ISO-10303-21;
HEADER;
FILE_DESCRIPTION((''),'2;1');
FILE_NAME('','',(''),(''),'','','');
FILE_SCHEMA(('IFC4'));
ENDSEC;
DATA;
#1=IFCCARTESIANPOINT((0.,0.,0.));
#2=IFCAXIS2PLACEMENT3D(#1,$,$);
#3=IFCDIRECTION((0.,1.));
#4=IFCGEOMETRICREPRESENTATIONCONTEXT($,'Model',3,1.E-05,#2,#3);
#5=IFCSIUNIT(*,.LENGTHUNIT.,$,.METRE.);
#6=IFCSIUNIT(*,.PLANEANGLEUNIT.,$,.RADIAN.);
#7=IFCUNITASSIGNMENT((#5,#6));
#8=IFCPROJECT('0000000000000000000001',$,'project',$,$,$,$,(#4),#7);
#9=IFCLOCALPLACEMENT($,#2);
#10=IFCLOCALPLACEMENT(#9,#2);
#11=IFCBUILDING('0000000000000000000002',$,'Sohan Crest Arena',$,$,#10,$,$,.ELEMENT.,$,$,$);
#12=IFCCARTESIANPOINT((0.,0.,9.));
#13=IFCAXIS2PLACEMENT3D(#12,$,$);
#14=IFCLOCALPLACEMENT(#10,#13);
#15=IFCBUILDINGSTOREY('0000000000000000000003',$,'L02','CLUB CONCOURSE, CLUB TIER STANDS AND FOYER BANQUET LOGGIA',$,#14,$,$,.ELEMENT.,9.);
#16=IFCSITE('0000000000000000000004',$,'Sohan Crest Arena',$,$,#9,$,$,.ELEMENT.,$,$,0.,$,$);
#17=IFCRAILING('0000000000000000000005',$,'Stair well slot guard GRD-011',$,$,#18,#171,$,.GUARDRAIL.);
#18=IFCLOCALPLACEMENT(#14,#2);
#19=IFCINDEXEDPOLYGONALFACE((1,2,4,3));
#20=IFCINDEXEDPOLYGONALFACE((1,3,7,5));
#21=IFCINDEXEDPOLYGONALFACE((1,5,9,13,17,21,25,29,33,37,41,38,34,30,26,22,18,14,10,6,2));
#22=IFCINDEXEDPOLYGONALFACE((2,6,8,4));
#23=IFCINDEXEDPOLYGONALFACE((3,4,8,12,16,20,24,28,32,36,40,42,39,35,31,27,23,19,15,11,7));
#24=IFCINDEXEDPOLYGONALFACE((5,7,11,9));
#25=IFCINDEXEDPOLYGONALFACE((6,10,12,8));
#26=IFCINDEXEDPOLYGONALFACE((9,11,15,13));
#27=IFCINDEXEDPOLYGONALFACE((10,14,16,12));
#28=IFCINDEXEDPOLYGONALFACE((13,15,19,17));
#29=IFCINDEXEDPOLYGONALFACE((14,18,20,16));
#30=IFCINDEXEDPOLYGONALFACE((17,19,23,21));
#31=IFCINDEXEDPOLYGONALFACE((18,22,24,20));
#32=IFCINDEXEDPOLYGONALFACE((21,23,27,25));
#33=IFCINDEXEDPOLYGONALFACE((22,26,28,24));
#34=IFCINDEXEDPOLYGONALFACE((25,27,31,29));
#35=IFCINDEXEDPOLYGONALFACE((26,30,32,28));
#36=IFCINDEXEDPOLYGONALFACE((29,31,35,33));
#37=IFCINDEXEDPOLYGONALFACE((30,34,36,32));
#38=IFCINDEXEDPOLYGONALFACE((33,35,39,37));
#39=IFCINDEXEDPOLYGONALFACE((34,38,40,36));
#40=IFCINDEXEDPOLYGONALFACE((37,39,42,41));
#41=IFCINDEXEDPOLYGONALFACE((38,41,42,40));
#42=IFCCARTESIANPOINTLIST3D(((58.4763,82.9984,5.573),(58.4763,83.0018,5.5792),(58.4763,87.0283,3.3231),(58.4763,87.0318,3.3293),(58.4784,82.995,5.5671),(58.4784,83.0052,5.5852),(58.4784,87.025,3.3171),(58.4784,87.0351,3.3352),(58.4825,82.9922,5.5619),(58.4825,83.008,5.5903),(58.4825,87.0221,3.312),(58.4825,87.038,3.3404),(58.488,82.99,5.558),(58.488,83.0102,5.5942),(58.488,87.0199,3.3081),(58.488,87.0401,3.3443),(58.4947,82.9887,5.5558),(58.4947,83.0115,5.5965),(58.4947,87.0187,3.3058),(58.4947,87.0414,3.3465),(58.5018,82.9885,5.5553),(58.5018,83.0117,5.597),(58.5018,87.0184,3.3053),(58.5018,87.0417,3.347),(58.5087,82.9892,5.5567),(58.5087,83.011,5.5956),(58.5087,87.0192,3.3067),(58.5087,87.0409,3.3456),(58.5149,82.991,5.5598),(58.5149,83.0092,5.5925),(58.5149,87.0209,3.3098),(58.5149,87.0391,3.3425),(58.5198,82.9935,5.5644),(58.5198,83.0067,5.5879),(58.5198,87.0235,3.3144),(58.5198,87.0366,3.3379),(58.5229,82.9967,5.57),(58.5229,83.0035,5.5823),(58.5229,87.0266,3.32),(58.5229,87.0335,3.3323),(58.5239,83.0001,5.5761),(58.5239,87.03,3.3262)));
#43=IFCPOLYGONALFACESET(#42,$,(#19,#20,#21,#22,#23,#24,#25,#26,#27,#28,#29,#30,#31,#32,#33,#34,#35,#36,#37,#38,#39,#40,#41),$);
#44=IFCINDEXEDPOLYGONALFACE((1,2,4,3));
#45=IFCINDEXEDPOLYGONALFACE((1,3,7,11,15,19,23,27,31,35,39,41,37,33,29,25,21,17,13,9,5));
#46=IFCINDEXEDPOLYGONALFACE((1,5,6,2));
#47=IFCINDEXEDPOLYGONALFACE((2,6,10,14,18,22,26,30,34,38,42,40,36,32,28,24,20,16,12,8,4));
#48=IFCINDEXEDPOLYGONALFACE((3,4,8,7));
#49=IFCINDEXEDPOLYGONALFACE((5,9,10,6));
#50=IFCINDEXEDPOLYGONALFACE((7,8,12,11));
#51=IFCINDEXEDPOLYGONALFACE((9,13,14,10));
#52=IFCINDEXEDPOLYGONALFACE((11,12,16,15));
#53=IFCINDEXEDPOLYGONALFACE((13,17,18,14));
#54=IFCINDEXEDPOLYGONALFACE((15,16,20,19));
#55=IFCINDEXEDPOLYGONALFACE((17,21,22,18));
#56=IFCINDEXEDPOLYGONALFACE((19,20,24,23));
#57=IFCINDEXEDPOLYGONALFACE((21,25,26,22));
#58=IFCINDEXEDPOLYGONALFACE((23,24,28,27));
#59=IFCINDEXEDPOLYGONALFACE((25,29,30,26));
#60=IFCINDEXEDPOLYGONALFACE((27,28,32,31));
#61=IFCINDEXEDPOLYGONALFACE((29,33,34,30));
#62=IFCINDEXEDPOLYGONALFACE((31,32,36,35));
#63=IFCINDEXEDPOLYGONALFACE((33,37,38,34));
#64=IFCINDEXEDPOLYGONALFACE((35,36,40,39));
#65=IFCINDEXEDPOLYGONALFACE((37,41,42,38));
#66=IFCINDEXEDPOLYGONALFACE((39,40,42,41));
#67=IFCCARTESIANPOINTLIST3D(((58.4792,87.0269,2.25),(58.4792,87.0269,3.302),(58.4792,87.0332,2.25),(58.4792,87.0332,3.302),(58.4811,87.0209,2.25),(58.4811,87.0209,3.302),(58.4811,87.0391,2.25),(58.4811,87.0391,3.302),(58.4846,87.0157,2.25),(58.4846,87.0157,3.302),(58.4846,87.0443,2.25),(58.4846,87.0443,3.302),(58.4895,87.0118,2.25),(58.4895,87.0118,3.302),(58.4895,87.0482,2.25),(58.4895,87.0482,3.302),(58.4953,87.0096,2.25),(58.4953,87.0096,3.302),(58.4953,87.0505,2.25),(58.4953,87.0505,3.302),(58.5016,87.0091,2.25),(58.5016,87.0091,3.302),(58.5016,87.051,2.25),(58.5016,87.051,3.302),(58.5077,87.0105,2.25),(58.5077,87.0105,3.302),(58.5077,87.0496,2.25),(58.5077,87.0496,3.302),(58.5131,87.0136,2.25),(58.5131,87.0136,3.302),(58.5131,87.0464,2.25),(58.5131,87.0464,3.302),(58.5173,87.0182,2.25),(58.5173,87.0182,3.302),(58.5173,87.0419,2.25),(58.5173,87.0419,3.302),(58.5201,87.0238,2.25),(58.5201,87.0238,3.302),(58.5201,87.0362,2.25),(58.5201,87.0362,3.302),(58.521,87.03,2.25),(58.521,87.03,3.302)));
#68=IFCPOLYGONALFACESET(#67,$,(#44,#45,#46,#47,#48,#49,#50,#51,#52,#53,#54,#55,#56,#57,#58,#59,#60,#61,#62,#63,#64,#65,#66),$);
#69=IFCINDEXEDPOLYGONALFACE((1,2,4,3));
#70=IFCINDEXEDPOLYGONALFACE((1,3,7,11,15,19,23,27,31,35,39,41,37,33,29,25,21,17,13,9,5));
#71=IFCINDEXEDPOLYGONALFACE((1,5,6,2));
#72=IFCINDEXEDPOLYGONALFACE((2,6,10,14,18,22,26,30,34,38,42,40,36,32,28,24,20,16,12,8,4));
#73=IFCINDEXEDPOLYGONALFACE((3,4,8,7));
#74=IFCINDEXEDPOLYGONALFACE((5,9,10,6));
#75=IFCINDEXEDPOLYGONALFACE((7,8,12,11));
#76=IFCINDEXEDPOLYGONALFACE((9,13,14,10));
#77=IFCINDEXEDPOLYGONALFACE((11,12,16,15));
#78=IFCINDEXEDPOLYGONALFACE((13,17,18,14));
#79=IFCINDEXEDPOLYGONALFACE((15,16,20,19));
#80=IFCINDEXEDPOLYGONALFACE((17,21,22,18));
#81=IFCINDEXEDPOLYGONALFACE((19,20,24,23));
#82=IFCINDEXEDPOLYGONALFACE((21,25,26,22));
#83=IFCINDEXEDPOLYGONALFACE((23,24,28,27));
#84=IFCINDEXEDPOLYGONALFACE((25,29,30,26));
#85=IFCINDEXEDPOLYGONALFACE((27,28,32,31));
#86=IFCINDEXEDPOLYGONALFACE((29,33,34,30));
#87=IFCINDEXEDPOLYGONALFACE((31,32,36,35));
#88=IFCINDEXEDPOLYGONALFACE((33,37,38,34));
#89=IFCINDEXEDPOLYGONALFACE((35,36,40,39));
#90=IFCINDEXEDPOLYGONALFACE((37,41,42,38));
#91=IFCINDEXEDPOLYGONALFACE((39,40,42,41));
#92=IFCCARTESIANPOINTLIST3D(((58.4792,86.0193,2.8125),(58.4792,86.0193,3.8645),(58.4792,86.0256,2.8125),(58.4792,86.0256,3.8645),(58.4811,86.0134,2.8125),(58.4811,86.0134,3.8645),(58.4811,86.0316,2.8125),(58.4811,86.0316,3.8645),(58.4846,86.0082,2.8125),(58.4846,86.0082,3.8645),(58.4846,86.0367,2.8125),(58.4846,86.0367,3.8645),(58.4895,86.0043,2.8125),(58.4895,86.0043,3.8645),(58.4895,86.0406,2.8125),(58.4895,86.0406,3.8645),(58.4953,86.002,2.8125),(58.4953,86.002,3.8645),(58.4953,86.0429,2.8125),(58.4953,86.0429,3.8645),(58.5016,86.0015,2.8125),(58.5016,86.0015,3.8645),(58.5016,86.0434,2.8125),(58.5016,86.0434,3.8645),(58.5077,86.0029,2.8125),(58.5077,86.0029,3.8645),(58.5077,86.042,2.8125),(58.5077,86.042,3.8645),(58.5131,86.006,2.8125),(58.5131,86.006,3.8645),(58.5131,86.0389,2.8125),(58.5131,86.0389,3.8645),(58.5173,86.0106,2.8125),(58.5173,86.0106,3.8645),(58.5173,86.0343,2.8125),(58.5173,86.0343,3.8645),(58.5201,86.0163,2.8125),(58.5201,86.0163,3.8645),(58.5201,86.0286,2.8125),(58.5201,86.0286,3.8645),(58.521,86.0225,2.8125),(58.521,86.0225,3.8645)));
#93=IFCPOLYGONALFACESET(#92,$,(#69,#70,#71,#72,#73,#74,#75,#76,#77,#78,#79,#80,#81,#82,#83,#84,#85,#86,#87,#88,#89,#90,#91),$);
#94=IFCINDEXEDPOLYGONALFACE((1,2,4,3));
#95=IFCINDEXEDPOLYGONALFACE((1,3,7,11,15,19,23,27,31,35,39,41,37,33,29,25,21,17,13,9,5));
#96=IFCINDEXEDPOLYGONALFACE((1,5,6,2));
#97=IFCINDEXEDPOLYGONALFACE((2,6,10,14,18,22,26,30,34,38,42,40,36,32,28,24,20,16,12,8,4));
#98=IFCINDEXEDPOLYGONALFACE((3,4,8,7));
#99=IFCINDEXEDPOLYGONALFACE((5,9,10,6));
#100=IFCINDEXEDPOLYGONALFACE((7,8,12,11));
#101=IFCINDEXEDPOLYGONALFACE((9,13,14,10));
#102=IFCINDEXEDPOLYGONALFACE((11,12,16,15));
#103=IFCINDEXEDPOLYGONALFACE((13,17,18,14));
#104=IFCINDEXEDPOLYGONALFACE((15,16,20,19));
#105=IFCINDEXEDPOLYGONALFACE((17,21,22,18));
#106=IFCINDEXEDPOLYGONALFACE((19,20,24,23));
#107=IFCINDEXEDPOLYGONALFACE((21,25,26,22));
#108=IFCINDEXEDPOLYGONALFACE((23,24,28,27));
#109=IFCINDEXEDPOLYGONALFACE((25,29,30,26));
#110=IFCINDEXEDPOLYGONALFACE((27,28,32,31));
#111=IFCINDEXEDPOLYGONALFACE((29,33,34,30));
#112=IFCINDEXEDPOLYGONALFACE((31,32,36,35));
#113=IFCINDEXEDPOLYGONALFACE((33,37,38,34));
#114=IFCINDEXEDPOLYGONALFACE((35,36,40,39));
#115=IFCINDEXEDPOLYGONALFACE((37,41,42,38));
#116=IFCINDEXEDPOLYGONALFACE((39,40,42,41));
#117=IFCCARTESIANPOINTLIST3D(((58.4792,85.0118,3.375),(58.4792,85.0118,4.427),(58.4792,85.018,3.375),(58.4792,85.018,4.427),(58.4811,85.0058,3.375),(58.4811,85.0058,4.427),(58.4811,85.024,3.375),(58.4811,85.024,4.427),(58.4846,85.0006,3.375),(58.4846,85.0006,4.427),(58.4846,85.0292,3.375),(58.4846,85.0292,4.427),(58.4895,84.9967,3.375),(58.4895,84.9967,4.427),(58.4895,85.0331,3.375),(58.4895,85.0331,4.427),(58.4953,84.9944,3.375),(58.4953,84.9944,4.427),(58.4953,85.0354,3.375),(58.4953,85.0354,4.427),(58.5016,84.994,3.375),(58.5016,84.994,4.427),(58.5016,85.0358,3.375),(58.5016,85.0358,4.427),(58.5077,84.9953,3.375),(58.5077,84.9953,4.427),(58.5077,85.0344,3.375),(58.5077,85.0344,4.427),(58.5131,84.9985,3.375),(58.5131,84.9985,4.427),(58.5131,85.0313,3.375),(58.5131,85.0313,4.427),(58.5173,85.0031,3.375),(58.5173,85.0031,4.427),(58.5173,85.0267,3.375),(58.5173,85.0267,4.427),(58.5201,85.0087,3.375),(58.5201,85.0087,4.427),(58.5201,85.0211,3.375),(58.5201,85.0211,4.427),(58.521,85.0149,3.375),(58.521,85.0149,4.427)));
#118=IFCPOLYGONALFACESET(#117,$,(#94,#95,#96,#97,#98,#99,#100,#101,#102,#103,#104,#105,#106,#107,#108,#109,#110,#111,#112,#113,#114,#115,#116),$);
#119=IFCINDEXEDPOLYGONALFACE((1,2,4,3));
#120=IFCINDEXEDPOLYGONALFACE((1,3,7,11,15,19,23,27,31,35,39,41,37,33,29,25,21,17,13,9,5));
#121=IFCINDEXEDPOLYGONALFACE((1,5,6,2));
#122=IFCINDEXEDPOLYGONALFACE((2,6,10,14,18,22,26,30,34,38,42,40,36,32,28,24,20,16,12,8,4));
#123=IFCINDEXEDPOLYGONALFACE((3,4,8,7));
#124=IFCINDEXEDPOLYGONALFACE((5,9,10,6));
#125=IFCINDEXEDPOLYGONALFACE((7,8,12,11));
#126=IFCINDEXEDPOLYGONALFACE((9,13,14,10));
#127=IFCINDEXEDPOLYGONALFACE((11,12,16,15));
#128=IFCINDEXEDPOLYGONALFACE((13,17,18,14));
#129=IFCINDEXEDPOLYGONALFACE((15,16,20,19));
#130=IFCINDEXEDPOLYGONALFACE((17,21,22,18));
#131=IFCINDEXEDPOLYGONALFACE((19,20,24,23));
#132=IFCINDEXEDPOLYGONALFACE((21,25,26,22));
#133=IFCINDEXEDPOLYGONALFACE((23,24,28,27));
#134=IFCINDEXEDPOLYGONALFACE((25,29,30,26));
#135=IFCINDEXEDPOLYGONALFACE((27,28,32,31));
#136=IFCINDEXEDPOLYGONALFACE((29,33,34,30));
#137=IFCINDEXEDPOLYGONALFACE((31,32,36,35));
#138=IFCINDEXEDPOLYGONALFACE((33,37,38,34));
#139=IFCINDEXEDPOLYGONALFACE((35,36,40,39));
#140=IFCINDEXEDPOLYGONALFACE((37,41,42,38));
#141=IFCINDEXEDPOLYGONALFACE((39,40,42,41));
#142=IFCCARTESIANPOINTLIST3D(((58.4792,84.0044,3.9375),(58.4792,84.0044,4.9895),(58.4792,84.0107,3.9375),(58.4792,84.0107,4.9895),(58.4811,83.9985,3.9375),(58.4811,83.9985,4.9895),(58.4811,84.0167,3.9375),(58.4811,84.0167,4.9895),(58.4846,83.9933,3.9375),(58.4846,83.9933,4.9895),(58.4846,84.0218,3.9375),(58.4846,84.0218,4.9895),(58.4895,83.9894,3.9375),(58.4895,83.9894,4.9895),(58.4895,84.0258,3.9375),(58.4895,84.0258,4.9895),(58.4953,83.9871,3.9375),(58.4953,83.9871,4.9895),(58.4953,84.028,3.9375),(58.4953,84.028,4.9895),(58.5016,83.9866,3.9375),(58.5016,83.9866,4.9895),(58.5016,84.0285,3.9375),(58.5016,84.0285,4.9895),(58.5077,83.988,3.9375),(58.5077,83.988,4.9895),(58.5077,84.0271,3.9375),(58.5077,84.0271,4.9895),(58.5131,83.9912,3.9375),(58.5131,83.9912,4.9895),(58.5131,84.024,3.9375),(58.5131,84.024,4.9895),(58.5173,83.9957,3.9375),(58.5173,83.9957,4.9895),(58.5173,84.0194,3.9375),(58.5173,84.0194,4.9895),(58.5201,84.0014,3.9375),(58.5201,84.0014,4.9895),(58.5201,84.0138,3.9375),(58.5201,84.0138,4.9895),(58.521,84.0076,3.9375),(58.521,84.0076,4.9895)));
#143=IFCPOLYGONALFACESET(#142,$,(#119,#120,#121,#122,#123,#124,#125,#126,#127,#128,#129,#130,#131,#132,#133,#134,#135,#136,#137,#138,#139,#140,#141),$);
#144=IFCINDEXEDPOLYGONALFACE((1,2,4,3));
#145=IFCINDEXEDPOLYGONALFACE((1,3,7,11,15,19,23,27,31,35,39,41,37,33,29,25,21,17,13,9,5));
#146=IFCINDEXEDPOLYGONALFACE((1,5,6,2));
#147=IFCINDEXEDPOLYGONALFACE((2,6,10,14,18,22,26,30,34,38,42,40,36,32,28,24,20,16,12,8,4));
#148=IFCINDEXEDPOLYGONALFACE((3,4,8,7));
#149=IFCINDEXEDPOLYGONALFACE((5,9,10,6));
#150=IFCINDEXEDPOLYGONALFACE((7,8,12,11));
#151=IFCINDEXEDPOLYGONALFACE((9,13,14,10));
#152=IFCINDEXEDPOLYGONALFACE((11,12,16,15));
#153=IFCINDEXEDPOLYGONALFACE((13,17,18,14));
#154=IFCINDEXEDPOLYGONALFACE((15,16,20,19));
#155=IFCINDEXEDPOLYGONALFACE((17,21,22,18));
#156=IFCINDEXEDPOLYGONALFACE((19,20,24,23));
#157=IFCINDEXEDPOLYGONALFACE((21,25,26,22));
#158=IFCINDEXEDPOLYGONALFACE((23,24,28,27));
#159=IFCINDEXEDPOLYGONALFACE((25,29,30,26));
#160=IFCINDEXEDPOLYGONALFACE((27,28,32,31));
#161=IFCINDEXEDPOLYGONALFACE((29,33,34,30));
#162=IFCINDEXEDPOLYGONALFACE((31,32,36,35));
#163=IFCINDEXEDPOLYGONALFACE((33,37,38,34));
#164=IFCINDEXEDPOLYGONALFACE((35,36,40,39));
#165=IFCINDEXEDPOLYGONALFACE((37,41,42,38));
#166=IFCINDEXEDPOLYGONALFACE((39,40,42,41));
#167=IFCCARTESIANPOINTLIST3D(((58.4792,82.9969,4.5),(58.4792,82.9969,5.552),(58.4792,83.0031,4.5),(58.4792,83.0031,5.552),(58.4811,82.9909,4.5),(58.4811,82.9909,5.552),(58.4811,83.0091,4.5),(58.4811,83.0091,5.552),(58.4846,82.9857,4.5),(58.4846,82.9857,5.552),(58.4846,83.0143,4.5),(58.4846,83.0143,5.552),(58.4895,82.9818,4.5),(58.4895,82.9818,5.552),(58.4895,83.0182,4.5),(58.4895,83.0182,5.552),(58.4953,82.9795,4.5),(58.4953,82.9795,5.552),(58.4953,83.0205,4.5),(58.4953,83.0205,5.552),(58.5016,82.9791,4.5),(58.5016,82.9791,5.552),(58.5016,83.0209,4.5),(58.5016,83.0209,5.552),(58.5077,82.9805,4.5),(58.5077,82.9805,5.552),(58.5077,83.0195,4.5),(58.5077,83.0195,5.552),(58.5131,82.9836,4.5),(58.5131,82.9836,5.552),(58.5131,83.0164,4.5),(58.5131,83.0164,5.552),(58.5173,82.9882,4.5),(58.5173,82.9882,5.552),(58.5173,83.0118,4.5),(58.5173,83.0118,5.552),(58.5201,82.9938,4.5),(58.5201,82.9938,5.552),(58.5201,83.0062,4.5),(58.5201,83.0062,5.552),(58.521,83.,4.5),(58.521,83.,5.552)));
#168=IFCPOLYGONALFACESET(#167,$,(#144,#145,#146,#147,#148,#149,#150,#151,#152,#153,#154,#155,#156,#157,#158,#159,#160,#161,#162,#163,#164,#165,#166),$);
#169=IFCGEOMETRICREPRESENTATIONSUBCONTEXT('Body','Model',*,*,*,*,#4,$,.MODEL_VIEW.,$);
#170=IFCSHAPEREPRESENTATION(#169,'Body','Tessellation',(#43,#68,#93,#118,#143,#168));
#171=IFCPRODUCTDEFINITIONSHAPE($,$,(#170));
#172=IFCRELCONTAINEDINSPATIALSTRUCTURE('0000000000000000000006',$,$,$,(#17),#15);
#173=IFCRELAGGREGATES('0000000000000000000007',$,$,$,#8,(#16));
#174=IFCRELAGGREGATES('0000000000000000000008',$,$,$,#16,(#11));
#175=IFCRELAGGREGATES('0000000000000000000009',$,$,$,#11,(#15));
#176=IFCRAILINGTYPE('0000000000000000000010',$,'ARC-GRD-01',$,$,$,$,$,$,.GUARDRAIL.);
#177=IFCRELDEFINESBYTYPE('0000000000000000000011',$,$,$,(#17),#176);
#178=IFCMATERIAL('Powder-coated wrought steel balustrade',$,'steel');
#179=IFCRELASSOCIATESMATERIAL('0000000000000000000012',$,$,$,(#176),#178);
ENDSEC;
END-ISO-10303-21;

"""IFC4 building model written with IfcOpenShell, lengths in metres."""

from ifc_helpers import new_model, si_unit, direction, frame, origin, origin_2d, place, context, subcontext, project, spatial, circle, extrude, material, type_object, element, save


model = new_model("IFC4")

# Units and contexts
model_context = context("Model", 3, precision=1e-05, world=origin(), true_north=direction((0.0, 1.0)))
body_context = subcontext(model_context, "Body", "Model", "MODEL_VIEW")
ifc_project = project(units=[si_unit("LENGTHUNIT", "METRE"), si_unit("PLANEANGLEUNIT", "RADIAN")], contexts=[model_context])

# Site, building, storey
site_placement = place(None, origin())
site = spatial("IfcSite", under=ifc_project, at=site_placement, Name="Sohan Crest Arena", CompositionType="ELEMENT", RefElevation=0.0)
building_placement = place(site_placement, origin())
building = spatial("IfcBuilding", under=site, at=building_placement, Name="Sohan Crest Arena", CompositionType="ELEMENT")
storey_placement = place(building_placement, frame((0.0, 0.0, 9.0)))
storey = spatial("IfcBuildingStorey", under=building, at=storey_placement, Name="L02", Description="CLUB CONCOURSE, CLUB TIER STANDS AND FOYER BANQUET LOGGIA", CompositionType="ELEMENT", Elevation=9.0)

# Railing
ifc_material_1 = material(Name="Powder-coated wrought steel balustrade", Category="steel")
railing_type_1 = type_object("IfcRailingType", Name="ARC-GRD-01", PredefinedType="GUARDRAIL", material=ifc_material_1)
for number, where, name in (
    (1, (58.5, 87.03, 2.25), "Stair well slot guard GRD-011"),
):
    element("IfcRailing", number, at=place(storey_placement, frame(where)), inside=storey, type_object=railing_type_1, Name=name, PredefinedType="GUARDRAIL", context=body_context, shape_type="SweptSolid", body=[
        extrude(circle(Radius=0.0239, at=origin_2d()), frame((0.0, 0.0, 1.0762), z_axis=(0.0, -0.873135, 0.487479), x_axis=(1.0, 0.0, 0.0)), (0.0, 0.0, 1.0), 4.6155),
        extrude(circle(Radius=0.021, at=origin_2d()), origin(), (0.0, 0.0, 1.0), 1.052),
        extrude(circle(Radius=0.021, at=origin_2d()), frame((0.0, -1.0076, 0.5625)), (0.0, 0.0, 1.0), 1.052),
        extrude(circle(Radius=0.021, at=origin_2d()), frame((0.0, -2.0151, 1.125)), (0.0, 0.0, 1.0), 1.052),
        extrude(circle(Radius=0.021, at=origin_2d()), frame((0.0, -3.0225, 1.6875)), (0.0, 0.0, 1.0), 1.052),
        extrude(circle(Radius=0.021, at=origin_2d()), frame((0.0, -4.03, 2.25)), (0.0, 0.0, 1.0), 1.052),
    ])

save(model, "model.ifc")
